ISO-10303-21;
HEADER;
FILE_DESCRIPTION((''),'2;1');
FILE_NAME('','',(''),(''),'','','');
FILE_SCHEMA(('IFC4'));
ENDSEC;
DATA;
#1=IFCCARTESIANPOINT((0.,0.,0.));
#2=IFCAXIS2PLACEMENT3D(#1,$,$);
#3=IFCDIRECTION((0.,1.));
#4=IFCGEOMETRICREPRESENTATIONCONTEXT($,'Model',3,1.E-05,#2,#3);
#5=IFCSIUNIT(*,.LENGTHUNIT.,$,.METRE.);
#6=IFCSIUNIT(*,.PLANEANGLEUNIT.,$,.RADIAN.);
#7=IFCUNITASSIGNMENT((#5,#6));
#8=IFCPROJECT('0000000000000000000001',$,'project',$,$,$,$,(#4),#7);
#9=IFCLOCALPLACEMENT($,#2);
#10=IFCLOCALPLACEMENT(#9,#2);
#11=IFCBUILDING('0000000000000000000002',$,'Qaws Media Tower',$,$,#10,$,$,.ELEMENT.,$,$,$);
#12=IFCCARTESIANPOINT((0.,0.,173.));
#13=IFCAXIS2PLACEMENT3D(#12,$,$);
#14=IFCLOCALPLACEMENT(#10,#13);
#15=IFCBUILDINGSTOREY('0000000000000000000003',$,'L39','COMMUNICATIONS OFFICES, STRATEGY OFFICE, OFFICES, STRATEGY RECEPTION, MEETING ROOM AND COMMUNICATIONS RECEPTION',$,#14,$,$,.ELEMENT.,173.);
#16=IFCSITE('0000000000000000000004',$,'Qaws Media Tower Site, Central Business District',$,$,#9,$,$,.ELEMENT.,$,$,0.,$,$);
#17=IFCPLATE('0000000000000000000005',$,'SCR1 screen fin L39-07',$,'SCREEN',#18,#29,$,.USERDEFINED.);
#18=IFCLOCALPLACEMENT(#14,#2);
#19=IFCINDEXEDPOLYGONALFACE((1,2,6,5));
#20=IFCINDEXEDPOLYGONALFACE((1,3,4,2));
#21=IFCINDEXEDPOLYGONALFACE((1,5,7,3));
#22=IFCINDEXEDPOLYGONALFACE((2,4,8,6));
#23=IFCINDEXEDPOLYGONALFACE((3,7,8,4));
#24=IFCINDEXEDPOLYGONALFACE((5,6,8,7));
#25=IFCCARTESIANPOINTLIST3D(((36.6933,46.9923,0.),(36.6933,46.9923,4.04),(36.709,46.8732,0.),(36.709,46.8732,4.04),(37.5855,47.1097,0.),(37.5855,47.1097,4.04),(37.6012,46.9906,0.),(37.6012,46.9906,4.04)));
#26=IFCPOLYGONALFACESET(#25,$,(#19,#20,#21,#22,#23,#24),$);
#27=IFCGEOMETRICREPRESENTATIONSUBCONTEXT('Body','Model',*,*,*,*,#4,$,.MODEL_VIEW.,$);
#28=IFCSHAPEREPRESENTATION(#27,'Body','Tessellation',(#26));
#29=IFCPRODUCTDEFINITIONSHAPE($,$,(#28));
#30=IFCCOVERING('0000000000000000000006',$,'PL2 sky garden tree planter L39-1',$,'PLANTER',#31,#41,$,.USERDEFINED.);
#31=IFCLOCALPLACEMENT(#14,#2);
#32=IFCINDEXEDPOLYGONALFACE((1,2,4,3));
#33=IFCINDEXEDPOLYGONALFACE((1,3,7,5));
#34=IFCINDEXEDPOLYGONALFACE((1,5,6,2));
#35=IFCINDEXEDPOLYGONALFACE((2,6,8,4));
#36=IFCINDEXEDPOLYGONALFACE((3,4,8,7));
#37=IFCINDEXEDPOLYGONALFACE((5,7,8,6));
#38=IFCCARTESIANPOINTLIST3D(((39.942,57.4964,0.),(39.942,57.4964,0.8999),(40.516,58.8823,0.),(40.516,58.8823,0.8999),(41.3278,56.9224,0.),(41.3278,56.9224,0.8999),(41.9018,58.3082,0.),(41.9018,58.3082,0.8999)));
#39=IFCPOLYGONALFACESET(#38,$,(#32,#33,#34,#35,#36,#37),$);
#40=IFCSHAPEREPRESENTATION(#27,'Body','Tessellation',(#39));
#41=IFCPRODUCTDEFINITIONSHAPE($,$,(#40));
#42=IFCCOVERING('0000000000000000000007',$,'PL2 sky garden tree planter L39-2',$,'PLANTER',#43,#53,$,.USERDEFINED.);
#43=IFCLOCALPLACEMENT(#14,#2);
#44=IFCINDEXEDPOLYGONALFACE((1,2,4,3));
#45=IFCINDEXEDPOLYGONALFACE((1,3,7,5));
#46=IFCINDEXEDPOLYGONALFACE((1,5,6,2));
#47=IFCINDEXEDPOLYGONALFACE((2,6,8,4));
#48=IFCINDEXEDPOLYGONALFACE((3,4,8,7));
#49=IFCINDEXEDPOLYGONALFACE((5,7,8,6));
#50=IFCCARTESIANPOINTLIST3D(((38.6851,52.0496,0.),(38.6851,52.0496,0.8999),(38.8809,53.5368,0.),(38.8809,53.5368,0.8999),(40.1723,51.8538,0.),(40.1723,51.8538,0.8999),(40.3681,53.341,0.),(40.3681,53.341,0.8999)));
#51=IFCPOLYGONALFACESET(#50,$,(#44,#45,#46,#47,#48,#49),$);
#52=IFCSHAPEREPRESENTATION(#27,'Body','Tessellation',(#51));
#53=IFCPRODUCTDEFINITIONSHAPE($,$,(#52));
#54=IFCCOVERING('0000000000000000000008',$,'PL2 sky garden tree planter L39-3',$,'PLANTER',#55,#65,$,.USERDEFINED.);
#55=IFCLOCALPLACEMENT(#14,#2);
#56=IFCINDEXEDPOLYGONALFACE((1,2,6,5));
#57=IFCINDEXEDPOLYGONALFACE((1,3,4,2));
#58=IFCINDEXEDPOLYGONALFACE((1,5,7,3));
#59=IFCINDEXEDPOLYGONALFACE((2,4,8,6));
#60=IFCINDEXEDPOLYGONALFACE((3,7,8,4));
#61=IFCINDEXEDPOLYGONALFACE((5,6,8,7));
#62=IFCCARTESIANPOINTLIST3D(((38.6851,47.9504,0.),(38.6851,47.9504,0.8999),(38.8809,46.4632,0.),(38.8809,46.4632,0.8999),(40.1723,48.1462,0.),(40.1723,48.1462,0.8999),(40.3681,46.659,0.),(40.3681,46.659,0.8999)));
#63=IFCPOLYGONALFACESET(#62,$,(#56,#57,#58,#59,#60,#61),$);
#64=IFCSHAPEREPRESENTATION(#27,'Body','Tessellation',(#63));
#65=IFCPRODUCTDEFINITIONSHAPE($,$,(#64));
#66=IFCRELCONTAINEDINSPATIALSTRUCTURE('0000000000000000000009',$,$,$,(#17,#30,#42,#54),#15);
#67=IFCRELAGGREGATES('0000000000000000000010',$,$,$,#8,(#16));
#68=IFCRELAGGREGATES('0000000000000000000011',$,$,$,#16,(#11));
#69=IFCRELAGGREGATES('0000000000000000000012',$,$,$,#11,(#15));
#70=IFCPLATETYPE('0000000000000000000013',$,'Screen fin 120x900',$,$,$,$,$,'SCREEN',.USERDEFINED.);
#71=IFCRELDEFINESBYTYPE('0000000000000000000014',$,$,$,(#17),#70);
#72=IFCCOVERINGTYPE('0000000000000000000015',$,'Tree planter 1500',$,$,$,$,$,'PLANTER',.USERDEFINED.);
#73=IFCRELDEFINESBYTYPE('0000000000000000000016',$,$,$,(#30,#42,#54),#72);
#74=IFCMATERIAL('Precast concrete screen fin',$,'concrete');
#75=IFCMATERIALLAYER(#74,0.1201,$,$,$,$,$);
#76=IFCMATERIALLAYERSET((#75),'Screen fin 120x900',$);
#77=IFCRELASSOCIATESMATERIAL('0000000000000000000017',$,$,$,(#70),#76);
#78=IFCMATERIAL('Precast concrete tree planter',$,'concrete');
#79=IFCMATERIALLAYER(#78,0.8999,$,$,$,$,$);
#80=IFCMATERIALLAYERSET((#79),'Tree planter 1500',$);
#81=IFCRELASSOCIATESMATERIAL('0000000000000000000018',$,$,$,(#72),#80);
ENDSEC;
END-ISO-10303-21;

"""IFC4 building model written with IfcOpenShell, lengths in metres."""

from ifc_helpers import new_model, si_unit, direction, frame, origin, origin_2d, place, context, subcontext, project, spatial, rectangle, extrude, material, layer, layer_set, type_object, element, save


model = new_model("IFC4")

# Units and contexts
model_context = context("Model", 3, precision=1e-05, world=origin(), true_north=direction((0.0, 1.0)))
body_context = subcontext(model_context, "Body", "Model", "MODEL_VIEW")
ifc_project = project(units=[si_unit("LENGTHUNIT", "METRE"), si_unit("PLANEANGLEUNIT", "RADIAN")], contexts=[model_context])

# Site, building, storey
site_placement = place(None, origin())
site = spatial("IfcSite", under=ifc_project, at=site_placement, Name="Qaws Media Tower Site, Central Business District", CompositionType="ELEMENT", RefElevation=0.0)
building_placement = place(site_placement, origin())
building = spatial("IfcBuilding", under=site, at=building_placement, Name="Qaws Media Tower", CompositionType="ELEMENT")
storey_placement = place(building_placement, frame((0.0, 0.0, 173.0)))
storey = spatial("IfcBuildingStorey", under=building, at=storey_placement, Name="L39", Description="COMMUNICATIONS OFFICES, STRATEGY OFFICE, OFFICES, STRATEGY RECEPTION, MEETING ROOM AND COMMUNICATIONS RECEPTION", CompositionType="ELEMENT", Elevation=173.0)

# Plate
ifc_material_1 = material(Name="Precast concrete screen fin", Category="concrete")
ifc_layer_1 = layer(ifc_material_1, 0.1201)
ifc_layer_set_1 = layer_set([ifc_layer_1], Name="Screen fin 120x900")
plate_type_1 = type_object("IfcPlateType", Name="Screen fin 120x900", ElementType="SCREEN", PredefinedType="USERDEFINED", material=ifc_layer_set_1)
for number, where, z_axis, x_axis, name in (
    (1, (37.1472, 46.9915, 0.0), (0.0, 0.0, 1.0), (-0.991445, -0.130526, 0.0), "SCR1 screen fin L39-07"),
):
    element("IfcPlate", number, at=place(storey_placement, frame(where, z_axis=z_axis, x_axis=x_axis)), inside=storey, type_object=plate_type_1, Name=name, ObjectType="SCREEN", PredefinedType="USERDEFINED", context=body_context, shape_type="SweptSolid", body=[
        extrude(rectangle(XDim=0.8999, YDim=0.1201, at=origin_2d()), origin(), (0.0, 0.0, 1.0), 4.04),
    ])

# Coverings
ifc_material_2 = material(Name="Precast concrete tree planter", Category="concrete")
ifc_layer_2 = layer(ifc_material_2, 0.8999)
ifc_layer_set_2 = layer_set([ifc_layer_2], Name="Tree planter 1500")
covering_type = type_object("IfcCoveringType", Name="Tree planter 1500", ElementType="PLANTER", PredefinedType="USERDEFINED", material=ifc_layer_set_2)
for number, where, z_axis, x_axis, name in (
    (2, (40.9219, 57.9023, 0.0), (0.0, 0.0, 1.0), (-0.92388, 0.382683, 0.0), "PL2 sky garden tree planter L39-1"),
    (3, (39.5266, 52.6953, 0.0), (0.0, 0.0, 1.0), (-0.991445, 0.130526, 0.0), "PL2 sky garden tree planter L39-2"),
    (4, (39.5266, 47.3047, 0.0), (0.0, 0.0, 1.0), (-0.991445, -0.130526, 0.0), "PL2 sky garden tree planter L39-3"),
):
    element("IfcCovering", number, at=place(storey_placement, frame(where, z_axis=z_axis, x_axis=x_axis)), inside=storey, type_object=covering_type, Name=name, ObjectType="PLANTER", PredefinedType="USERDEFINED", context=body_context, shape_type="SweptSolid", body=[
        extrude(rectangle(XDim=1.5, YDim=1.5, at=origin_2d()), origin(), (0.0, 0.0, 1.0), 0.8999),
    ])

save(model, "model.ifc")
